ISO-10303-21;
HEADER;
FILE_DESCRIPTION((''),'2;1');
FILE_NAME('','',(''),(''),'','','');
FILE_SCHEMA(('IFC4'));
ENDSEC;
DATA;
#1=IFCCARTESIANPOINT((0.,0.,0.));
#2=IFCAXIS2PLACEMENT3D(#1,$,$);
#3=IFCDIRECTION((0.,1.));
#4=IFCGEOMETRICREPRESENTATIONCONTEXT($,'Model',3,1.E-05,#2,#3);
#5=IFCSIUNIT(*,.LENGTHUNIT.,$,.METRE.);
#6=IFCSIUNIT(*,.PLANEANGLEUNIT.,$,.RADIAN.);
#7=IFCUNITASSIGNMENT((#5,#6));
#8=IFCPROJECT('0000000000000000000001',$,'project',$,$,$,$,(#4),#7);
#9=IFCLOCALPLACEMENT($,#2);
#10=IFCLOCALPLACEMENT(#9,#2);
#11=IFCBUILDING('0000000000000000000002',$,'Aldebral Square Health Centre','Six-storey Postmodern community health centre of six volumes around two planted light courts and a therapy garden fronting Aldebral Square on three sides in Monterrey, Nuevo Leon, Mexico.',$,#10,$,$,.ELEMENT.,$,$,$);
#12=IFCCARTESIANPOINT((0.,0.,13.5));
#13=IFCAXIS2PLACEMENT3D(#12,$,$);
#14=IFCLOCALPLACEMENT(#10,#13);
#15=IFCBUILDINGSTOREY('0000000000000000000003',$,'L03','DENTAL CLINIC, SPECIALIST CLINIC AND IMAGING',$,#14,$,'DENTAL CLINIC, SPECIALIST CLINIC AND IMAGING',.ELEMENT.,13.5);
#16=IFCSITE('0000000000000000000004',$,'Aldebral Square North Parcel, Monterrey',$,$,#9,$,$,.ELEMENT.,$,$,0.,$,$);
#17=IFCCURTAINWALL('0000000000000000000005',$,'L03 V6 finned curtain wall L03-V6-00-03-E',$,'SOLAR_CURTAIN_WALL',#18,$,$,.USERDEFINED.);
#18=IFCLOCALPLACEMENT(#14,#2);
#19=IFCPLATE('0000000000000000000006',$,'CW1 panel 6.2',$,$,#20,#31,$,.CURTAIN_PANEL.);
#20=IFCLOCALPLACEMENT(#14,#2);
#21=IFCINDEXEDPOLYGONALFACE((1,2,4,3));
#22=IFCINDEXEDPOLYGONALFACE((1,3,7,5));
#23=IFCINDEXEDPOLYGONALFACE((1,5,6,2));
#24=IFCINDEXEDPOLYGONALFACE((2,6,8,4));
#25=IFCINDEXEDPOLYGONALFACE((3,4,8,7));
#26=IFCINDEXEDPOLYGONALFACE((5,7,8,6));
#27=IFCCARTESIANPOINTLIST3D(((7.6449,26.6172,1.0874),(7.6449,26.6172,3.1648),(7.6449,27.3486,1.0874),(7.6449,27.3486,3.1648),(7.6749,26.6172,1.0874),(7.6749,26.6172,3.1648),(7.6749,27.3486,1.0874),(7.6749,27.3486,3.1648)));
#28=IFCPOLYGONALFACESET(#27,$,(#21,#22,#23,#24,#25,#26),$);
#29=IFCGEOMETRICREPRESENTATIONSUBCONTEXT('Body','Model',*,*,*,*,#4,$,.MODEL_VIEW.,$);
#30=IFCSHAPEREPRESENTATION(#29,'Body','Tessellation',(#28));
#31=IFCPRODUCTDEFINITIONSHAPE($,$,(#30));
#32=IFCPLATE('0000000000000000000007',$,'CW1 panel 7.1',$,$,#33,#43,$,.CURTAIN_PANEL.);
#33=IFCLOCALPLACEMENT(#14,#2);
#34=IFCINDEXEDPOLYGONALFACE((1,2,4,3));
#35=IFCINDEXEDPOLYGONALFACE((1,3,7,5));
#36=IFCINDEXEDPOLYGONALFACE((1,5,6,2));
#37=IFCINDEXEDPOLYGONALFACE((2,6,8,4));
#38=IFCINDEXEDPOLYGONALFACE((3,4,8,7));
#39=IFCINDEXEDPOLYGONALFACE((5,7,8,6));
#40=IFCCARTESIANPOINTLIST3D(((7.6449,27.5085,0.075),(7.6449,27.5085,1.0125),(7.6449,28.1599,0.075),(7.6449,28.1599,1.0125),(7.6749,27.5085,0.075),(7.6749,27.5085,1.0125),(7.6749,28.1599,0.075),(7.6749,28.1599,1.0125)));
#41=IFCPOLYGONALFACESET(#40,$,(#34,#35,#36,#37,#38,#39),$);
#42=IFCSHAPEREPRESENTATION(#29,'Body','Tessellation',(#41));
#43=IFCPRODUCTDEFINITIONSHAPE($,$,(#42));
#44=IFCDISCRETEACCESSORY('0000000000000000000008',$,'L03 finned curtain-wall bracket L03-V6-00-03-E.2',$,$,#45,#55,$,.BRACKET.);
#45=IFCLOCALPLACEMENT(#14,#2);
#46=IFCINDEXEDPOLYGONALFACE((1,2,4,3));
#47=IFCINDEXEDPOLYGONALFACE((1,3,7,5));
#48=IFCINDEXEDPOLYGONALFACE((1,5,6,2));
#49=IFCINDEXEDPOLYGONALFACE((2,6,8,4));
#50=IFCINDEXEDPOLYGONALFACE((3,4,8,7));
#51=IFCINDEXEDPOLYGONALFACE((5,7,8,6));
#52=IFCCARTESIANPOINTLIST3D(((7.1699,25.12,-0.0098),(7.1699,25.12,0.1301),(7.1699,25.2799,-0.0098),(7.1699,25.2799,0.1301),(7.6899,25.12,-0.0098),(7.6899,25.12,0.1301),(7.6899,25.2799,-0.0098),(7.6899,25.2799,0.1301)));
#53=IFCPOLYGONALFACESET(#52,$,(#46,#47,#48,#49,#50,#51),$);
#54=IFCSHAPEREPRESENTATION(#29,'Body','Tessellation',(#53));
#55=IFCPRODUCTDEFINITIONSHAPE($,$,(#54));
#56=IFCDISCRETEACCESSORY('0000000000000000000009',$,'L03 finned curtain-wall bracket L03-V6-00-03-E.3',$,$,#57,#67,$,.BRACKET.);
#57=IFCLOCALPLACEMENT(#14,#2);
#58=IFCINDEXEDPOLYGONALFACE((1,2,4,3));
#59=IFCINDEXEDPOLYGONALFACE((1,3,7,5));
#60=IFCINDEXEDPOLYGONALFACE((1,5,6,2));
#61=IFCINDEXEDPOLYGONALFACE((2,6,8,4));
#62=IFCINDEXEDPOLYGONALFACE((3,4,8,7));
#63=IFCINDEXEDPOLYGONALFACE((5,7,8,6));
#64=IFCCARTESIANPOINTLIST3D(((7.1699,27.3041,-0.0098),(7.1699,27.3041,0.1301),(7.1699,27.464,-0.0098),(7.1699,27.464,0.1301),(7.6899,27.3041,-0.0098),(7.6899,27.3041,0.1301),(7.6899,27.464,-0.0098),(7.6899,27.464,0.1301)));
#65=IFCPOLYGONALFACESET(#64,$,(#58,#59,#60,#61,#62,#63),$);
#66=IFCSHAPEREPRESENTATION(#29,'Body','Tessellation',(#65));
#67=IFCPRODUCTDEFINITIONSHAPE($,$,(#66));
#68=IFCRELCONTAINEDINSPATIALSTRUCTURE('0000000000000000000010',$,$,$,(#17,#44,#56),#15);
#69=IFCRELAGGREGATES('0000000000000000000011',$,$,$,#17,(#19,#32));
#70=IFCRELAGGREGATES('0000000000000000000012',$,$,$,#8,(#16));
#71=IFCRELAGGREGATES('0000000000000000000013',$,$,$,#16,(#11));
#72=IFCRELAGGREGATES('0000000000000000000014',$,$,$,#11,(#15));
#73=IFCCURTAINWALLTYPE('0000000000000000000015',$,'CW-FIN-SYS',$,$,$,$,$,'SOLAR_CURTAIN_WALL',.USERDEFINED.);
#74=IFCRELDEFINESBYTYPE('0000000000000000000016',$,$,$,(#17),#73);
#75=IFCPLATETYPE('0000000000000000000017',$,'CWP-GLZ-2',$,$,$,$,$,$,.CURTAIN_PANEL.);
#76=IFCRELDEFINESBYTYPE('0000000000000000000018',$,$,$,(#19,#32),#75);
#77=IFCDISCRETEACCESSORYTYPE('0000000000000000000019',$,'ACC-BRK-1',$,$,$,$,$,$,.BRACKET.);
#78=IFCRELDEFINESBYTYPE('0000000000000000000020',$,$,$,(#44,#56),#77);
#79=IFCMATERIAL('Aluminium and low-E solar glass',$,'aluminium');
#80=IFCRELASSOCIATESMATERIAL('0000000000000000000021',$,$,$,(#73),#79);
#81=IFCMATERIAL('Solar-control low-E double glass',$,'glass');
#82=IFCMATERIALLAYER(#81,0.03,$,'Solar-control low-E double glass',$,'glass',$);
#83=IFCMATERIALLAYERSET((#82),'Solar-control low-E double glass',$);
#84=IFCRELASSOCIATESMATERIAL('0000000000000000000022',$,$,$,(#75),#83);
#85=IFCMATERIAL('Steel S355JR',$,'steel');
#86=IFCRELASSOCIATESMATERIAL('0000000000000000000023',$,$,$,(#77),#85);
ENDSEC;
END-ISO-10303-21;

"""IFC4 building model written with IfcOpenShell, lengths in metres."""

from ifc_helpers import new_model, si_unit, direction, frame, origin, origin_2d, place, context, subcontext, project, spatial, rectangle, extrude, material, layer, layer_set, type_object, element, aggregate, save


model = new_model("IFC4")

# Units and contexts
model_context = context("Model", 3, precision=1e-05, world=origin(), true_north=direction((0.0, 1.0)))
body_context = subcontext(model_context, "Body", "Model", "MODEL_VIEW")
ifc_project = project(units=[si_unit("LENGTHUNIT", "METRE"), si_unit("PLANEANGLEUNIT", "RADIAN")], contexts=[model_context])

# Site, building, storey
site_placement = place(None, origin())
site = spatial("IfcSite", under=ifc_project, at=site_placement, Name="Aldebral Square North Parcel, Monterrey", CompositionType="ELEMENT", RefElevation=0.0)
building_placement = place(site_placement, origin())
building = spatial("IfcBuilding", under=site, at=building_placement, Name="Aldebral Square Health Centre", Description="Six-storey Postmodern community health centre of six volumes around two planted light courts and a therapy garden fronting Aldebral Square on three sides in Monterrey, Nuevo Leon, Mexico.", CompositionType="ELEMENT")
storey_placement = place(building_placement, frame((0.0, 0.0, 13.5)))
storey = spatial("IfcBuildingStorey", under=building, at=storey_placement, Name="L03", Description="DENTAL CLINIC, SPECIALIST CLINIC AND IMAGING", LongName="DENTAL CLINIC, SPECIALIST CLINIC AND IMAGING", CompositionType="ELEMENT", Elevation=13.5)

# Curtain wall, plates
ifc_material_1 = material(Name="Aluminium and low-E solar glass", Category="aluminium")
curtain_wall_type = type_object("IfcCurtainWallType", Name="CW-FIN-SYS", ElementType="SOLAR_CURTAIN_WALL", PredefinedType="USERDEFINED", material=ifc_material_1)
curtain_wall_placement = place(storey_placement, origin())
curtain_wall = element("IfcCurtainWall", 1, at=curtain_wall_placement, inside=storey, type_object=curtain_wall_type, Name="L03 V6 finned curtain wall L03-V6-00-03-E", ObjectType="SOLAR_CURTAIN_WALL", PredefinedType="USERDEFINED")
ifc_material_2 = material(Name="Solar-control low-E double glass", Category="glass")
ifc_layer = layer(ifc_material_2, 0.03, Name="Solar-control low-E double glass", Category="glass")
ifc_layer_set = layer_set([ifc_layer], Name="Solar-control low-E double glass")
plate_type = type_object("IfcPlateType", Name="CWP-GLZ-2", PredefinedType="CURTAIN_PANEL", material=ifc_layer_set)
plate_1_placement = place(storey_placement, frame((7.6599, 26.9829, 1.0874), z_axis=(0.0, 0.0, 1.0), x_axis=(0.0, 1.0, 0.0)))
plate_1 = element("IfcPlate", 2, at=plate_1_placement, type_object=plate_type, Name="CW1 panel 6.2", PredefinedType="CURTAIN_PANEL", context=body_context, shape_type="SweptSolid", body=[
    extrude(rectangle(XDim=0.7314, YDim=0.03, at=origin_2d()), origin(), (0.0, 0.0, 1.0), 2.0774),
])
plate_2_placement = place(storey_placement, frame((7.6599, 27.8342, 0.075), z_axis=(0.0, 0.0, 1.0), x_axis=(0.0, 1.0, 0.0)))
plate_2 = element("IfcPlate", 3, at=plate_2_placement, type_object=plate_type, Name="CW1 panel 7.1", PredefinedType="CURTAIN_PANEL", context=body_context, shape_type="SweptSolid", body=[
    extrude(rectangle(XDim=0.6514, YDim=0.03, at=origin_2d()), origin(), (0.0, 0.0, 1.0), 0.9375),
])
aggregate(curtain_wall, [plate_1, plate_2])

# Discrete accessories
ifc_material_3 = material(Name="Steel S355JR", Category="steel")
discrete_accessory_type = type_object("IfcDiscreteAccessoryType", Name="ACC-BRK-1", PredefinedType="BRACKET", material=ifc_material_3)
for number, where, z_axis, x_axis, name in (
    (4, (7.4299, 25.2, -0.0098), (0.0, 0.0, 1.0), (0.0, 1.0, 0.0), "L03 finned curtain-wall bracket L03-V6-00-03-E.2"),
    (5, (7.4299, 27.384, -0.0098), (0.0, 0.0, 1.0), (0.0, 1.0, 0.0), "L03 finned curtain-wall bracket L03-V6-00-03-E.3"),
):
    element("IfcDiscreteAccessory", number, at=place(storey_placement, frame(where, z_axis=z_axis, x_axis=x_axis)), inside=storey, type_object=discrete_accessory_type, Name=name, PredefinedType="BRACKET", context=body_context, shape_type="SweptSolid", body=[
        extrude(rectangle(XDim=0.1599, YDim=0.52, at=origin_2d()), origin(), (0.0, 0.0, 1.0), 0.1399),
    ])

save(model, "model.ifc")
